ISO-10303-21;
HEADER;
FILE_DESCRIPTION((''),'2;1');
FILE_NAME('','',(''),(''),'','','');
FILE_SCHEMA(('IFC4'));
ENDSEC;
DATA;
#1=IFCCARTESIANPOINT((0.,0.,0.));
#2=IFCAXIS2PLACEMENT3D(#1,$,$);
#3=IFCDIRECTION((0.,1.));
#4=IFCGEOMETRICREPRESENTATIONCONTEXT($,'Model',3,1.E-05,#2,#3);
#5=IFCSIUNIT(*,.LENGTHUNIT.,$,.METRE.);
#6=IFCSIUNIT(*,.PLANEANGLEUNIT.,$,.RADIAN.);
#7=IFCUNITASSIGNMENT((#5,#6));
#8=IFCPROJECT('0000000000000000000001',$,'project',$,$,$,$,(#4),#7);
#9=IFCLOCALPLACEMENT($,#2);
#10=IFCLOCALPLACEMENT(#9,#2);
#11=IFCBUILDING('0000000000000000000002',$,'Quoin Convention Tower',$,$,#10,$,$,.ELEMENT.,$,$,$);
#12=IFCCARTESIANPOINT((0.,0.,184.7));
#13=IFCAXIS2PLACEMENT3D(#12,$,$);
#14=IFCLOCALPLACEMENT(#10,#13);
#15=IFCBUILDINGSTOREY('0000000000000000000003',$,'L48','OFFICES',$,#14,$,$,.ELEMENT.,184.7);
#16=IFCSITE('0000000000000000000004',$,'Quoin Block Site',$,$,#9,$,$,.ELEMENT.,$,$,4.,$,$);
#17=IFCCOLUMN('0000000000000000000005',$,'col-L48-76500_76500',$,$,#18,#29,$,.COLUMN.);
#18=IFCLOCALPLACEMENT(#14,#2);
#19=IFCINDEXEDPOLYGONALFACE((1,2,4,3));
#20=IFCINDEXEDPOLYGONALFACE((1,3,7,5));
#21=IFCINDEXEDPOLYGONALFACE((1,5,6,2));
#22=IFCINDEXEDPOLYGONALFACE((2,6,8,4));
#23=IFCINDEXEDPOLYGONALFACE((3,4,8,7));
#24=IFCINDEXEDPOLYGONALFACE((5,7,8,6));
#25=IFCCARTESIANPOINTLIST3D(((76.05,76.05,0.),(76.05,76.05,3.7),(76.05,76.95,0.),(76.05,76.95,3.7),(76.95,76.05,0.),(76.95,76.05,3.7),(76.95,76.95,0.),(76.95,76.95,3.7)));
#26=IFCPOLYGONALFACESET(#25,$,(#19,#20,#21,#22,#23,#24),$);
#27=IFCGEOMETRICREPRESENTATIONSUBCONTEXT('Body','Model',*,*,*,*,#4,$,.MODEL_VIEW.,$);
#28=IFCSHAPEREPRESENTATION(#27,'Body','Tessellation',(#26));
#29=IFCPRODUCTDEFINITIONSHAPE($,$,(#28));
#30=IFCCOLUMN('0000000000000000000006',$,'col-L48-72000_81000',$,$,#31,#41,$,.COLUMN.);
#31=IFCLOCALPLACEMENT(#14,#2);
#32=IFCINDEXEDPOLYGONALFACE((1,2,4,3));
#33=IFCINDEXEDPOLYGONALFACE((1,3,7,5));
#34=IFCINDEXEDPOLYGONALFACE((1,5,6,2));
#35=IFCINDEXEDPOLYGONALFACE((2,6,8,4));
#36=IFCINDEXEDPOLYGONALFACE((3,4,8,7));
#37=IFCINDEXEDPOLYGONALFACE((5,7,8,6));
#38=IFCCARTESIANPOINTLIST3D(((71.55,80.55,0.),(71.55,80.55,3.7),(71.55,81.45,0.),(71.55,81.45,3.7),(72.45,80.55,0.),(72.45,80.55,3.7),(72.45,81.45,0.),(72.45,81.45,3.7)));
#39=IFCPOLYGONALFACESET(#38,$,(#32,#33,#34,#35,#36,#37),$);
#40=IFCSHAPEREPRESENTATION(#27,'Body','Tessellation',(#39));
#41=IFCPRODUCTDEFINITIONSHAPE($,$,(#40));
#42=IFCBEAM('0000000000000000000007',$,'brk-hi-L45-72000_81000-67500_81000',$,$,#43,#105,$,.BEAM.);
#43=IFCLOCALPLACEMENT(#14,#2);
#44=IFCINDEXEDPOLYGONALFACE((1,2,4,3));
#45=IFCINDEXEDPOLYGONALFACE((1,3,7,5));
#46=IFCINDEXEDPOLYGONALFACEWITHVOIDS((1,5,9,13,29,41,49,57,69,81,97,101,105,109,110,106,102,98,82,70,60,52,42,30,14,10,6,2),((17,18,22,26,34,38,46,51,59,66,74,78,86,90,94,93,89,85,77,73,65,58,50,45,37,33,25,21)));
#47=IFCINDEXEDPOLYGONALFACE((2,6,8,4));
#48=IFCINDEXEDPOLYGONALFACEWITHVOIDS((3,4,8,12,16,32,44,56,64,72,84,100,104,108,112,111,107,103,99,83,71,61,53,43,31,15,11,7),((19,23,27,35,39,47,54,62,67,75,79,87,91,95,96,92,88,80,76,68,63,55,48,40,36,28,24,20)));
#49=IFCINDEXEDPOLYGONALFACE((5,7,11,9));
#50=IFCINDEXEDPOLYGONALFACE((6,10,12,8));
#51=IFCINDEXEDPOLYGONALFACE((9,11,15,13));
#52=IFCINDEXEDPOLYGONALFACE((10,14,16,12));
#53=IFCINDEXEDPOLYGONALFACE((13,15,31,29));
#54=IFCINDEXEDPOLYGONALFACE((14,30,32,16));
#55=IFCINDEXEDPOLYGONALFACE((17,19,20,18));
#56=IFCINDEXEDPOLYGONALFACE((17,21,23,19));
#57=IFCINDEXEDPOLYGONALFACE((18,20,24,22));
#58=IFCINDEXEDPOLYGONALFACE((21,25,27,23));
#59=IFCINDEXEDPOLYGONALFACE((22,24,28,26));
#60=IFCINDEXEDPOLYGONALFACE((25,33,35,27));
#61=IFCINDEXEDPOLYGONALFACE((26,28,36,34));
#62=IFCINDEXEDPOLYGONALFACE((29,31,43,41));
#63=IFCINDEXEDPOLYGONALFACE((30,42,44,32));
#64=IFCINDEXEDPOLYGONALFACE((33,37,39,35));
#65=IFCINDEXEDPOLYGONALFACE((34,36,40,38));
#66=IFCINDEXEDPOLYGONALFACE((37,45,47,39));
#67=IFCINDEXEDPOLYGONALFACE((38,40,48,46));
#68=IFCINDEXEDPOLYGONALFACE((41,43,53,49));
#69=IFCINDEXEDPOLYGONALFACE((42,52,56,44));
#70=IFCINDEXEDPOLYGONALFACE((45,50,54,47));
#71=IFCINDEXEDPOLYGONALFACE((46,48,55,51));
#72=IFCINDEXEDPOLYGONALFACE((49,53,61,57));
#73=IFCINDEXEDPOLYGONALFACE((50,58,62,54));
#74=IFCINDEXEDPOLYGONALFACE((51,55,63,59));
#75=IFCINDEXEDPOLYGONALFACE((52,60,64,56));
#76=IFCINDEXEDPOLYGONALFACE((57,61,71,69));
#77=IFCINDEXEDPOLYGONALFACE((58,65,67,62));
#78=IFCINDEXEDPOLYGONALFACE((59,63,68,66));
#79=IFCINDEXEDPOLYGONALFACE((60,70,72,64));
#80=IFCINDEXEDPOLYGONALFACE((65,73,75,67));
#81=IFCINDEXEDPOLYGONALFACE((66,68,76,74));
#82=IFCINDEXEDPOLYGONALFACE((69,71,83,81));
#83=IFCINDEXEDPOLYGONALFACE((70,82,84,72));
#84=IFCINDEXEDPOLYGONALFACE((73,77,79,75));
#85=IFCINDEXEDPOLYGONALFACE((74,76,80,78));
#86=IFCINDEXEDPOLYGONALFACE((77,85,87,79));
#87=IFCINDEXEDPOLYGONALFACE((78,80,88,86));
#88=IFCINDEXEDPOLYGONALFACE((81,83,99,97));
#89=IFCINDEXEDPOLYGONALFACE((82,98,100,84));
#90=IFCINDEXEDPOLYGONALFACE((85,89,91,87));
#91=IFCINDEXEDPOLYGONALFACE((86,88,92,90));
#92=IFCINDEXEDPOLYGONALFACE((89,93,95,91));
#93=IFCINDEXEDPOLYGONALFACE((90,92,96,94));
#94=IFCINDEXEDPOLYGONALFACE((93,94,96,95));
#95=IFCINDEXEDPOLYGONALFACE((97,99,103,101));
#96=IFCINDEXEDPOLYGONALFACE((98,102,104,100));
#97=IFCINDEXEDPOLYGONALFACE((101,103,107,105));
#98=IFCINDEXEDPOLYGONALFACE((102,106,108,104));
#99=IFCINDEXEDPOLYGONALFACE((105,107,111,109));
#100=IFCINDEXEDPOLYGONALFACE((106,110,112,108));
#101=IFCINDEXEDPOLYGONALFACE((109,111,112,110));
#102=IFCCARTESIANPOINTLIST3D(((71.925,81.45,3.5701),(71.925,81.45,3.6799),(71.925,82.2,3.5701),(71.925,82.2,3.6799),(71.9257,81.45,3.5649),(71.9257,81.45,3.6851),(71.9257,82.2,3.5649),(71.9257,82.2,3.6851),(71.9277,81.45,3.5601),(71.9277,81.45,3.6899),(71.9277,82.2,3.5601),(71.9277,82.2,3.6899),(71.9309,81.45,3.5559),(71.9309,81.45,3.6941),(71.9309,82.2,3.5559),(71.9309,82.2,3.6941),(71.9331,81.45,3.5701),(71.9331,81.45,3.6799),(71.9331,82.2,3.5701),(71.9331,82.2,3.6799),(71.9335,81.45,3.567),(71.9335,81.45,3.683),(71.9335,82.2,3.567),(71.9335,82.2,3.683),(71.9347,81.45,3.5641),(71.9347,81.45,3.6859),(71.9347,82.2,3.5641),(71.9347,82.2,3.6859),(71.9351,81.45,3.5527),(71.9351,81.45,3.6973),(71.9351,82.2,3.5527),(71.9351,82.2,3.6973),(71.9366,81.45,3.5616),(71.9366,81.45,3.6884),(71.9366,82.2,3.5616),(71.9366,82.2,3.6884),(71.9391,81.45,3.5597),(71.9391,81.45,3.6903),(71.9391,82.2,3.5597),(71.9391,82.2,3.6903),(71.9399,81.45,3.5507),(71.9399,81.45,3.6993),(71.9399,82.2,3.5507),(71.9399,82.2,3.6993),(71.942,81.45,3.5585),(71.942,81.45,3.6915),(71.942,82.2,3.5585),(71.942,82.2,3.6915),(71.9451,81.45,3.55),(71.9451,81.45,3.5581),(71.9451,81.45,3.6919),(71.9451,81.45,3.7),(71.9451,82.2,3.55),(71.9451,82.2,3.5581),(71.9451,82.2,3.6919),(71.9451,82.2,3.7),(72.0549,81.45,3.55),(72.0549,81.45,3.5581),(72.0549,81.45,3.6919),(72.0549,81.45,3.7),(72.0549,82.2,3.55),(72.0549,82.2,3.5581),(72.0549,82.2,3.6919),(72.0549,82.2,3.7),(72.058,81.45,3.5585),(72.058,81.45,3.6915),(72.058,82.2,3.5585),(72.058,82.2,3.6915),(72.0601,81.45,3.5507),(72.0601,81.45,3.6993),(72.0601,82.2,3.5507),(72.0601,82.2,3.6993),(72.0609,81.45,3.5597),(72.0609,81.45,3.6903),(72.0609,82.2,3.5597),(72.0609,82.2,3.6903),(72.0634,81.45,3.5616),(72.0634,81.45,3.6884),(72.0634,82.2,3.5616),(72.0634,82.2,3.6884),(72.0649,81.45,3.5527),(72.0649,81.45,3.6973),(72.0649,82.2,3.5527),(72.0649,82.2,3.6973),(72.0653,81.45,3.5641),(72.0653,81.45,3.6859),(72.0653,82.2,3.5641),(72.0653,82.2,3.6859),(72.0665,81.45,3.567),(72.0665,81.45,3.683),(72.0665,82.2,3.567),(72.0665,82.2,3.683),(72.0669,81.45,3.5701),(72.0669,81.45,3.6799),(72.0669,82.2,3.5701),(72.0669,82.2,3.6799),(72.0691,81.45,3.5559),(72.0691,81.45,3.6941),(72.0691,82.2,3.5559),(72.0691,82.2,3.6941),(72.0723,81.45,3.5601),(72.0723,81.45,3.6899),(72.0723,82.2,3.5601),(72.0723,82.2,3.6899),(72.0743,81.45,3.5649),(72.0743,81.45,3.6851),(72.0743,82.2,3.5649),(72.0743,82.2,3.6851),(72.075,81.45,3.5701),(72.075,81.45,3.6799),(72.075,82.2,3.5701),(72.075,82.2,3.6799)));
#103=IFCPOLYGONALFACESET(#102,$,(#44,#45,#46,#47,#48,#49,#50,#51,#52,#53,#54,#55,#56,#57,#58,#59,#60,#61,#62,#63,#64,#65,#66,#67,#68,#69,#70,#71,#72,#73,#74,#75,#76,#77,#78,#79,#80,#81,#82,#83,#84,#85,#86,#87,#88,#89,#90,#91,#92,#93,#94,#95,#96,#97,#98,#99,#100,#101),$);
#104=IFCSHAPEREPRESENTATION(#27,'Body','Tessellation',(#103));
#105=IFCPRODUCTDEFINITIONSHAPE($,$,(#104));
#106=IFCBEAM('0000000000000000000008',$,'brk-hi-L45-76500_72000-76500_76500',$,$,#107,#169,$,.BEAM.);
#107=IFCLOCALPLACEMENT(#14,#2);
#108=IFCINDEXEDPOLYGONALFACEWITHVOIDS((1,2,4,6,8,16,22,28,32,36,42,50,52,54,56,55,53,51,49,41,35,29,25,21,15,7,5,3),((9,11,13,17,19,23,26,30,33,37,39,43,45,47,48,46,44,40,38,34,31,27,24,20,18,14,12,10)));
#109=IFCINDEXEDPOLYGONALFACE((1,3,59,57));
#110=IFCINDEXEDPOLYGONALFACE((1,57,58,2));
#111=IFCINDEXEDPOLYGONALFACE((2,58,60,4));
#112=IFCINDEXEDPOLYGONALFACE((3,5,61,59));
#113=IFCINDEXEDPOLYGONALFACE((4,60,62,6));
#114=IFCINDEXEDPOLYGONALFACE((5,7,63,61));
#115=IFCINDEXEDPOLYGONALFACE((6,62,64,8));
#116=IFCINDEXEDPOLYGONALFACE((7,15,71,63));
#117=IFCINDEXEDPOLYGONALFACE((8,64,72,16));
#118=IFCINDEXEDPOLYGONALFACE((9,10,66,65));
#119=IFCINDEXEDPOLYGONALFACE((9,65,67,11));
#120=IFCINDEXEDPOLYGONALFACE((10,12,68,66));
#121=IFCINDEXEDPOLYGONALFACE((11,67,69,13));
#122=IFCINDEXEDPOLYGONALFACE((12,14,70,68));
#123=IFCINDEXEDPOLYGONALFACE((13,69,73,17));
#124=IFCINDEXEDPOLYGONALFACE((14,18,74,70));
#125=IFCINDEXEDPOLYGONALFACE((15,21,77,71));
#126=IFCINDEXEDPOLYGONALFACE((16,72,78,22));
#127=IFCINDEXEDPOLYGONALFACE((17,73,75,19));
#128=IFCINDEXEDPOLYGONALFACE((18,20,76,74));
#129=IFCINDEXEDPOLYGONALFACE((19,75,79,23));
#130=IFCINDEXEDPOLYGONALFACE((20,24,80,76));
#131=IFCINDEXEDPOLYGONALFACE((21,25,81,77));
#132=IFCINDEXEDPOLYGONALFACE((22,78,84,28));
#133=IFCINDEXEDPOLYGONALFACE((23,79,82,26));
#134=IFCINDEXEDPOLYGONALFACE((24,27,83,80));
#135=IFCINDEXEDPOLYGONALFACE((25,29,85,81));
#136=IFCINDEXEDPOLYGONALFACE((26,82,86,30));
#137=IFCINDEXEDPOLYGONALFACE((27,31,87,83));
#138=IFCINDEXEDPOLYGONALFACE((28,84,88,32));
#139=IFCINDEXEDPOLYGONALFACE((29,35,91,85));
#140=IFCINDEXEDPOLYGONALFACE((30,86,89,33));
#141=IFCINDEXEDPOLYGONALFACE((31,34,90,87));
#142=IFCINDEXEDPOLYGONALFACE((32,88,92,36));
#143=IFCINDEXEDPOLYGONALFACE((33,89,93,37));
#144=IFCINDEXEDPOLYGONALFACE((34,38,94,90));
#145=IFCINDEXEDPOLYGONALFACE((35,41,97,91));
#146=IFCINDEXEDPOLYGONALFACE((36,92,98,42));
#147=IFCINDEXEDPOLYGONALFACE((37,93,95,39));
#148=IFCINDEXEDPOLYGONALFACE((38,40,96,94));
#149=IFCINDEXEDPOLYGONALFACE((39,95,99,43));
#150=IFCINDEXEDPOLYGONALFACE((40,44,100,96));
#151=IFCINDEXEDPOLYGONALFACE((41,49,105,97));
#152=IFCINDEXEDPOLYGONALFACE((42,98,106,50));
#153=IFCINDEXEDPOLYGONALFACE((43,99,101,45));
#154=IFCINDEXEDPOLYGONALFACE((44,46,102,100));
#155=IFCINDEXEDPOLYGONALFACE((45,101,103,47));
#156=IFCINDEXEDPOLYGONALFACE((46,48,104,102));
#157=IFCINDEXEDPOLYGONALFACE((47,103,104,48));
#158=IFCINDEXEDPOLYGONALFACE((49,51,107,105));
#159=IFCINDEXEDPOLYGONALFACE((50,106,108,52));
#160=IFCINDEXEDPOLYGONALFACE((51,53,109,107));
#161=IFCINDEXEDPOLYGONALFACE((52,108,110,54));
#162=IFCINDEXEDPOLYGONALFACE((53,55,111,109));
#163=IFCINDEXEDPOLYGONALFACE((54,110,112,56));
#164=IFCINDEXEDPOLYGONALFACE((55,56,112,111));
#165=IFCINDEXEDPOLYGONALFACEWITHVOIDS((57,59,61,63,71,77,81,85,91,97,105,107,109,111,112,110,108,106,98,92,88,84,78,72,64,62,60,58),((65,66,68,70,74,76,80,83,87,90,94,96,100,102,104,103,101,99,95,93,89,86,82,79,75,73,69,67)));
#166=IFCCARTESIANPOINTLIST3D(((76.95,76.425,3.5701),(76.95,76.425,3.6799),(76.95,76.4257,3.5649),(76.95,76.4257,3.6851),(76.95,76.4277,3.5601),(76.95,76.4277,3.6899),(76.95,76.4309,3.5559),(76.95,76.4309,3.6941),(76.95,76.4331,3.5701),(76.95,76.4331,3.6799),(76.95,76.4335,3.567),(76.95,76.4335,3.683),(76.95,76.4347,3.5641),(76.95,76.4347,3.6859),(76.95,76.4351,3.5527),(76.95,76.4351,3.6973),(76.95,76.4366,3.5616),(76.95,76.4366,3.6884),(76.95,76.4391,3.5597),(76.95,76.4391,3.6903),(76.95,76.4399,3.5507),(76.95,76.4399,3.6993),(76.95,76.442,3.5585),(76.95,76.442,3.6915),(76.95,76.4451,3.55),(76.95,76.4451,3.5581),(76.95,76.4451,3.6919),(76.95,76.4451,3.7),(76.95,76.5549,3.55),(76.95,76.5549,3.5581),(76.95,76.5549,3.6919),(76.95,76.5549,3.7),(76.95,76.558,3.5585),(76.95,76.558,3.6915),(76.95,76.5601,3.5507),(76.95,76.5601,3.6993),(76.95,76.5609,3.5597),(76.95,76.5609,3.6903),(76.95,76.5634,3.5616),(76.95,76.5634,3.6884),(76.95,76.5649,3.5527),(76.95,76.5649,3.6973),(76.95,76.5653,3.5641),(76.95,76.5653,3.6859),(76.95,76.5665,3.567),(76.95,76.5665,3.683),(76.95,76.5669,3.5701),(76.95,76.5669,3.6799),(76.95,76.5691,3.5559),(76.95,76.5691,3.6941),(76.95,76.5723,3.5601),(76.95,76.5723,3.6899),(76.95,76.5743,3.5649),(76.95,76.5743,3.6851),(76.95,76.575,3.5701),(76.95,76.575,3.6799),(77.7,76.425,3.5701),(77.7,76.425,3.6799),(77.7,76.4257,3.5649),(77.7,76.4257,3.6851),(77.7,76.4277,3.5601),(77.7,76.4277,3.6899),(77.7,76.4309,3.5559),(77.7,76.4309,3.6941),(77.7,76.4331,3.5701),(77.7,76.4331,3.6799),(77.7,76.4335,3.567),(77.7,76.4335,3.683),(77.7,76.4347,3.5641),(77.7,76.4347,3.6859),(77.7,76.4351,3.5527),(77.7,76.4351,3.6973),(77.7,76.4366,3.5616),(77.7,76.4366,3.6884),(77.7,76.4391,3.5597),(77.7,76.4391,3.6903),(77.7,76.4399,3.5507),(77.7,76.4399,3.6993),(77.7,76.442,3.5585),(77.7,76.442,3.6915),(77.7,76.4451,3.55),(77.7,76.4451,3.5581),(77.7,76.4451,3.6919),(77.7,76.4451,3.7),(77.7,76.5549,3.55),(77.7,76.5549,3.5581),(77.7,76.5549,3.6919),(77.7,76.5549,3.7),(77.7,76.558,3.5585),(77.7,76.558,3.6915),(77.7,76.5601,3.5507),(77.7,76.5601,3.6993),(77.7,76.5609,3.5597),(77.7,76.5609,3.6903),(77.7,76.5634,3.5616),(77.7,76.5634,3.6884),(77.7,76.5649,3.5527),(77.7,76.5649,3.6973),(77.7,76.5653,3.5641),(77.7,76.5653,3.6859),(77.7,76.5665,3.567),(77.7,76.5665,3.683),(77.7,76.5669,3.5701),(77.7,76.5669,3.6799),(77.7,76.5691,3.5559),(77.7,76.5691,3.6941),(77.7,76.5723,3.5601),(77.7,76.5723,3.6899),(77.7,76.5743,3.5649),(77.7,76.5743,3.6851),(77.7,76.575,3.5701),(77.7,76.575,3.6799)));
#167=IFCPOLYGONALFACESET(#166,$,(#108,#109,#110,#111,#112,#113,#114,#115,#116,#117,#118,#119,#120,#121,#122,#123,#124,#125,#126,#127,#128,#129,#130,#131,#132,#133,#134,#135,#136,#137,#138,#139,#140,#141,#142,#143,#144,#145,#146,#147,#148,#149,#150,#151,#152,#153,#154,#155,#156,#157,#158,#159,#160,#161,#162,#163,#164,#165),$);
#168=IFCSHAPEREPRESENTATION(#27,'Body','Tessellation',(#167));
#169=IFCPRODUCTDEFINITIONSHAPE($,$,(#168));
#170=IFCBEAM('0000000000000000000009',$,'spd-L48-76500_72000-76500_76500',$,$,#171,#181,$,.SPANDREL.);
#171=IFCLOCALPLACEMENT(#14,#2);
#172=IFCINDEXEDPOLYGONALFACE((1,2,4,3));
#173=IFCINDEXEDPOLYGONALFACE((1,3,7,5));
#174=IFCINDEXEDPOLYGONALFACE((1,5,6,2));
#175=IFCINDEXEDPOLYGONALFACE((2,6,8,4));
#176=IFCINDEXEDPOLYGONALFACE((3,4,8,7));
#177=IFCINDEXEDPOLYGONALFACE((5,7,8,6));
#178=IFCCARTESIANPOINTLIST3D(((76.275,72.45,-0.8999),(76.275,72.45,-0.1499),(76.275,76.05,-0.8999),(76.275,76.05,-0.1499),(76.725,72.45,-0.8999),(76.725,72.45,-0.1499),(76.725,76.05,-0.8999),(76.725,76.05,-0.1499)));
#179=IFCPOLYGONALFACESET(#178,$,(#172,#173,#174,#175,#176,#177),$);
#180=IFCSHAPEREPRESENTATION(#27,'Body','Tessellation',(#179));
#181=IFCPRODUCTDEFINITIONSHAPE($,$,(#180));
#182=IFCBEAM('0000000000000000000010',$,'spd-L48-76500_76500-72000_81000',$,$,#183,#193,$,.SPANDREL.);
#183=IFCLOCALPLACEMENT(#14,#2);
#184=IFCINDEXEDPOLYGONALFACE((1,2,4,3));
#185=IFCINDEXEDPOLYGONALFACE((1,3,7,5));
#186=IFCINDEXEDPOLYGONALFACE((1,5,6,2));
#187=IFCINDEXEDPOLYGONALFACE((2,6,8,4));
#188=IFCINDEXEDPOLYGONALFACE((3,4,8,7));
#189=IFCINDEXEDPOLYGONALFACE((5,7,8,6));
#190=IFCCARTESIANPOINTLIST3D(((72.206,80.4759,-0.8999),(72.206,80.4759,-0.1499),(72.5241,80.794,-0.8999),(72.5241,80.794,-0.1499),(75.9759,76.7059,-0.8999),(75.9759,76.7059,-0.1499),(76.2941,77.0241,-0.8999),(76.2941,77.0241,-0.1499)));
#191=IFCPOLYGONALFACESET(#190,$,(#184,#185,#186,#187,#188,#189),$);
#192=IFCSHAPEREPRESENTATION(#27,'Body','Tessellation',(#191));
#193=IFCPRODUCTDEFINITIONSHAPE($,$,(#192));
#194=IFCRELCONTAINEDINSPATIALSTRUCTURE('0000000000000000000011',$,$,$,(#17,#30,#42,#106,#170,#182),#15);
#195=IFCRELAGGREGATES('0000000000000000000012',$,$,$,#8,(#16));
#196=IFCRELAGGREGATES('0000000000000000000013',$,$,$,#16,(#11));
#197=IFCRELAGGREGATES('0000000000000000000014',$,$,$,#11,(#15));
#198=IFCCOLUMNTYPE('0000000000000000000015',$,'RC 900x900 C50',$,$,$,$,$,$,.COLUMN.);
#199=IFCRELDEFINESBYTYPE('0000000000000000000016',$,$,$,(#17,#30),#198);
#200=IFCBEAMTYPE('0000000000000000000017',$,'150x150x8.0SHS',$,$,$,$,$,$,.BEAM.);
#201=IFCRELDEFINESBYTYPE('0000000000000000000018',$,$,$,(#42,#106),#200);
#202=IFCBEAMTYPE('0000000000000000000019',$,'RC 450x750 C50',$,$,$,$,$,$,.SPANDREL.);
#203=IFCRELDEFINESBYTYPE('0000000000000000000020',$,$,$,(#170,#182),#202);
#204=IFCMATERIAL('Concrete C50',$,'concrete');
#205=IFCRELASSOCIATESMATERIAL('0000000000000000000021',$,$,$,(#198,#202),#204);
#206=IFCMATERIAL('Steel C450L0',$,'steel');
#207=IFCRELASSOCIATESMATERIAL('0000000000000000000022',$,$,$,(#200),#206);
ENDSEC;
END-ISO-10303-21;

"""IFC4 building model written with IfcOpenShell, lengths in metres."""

from ifc_helpers import new_model, si_unit, direction, frame, origin, origin_2d, place, context, subcontext, project, spatial, rectangle, hollow_rectangle, extrude, material, material_profile, profile_set, type_object, element, save


model = new_model("IFC4")

# Units and contexts
model_context = context("Model", 3, precision=1e-05, world=origin(), true_north=direction((0.0, 1.0)))
body_context = subcontext(model_context, "Body", "Model", "MODEL_VIEW")
ifc_project = project(units=[si_unit("LENGTHUNIT", "METRE"), si_unit("PLANEANGLEUNIT", "RADIAN")], contexts=[model_context])

# Site, building, storey
site_placement = place(None, origin())
site = spatial("IfcSite", under=ifc_project, at=site_placement, Name="Quoin Block Site", CompositionType="ELEMENT", RefElevation=4.0)
building_placement = place(site_placement, origin())
building = spatial("IfcBuilding", under=site, at=building_placement, Name="Quoin Convention Tower", CompositionType="ELEMENT")
storey_placement = place(building_placement, frame((0.0, 0.0, 184.7)))
storey = spatial("IfcBuildingStorey", under=building, at=storey_placement, Name="L48", Description="OFFICES", CompositionType="ELEMENT", Elevation=184.7)

# Columns
ifc_material_1 = material(Name="Concrete C50", Category="concrete")
ifc_material_profile_1 = material_profile(ifc_material_1, rectangle(XDim=0.8999, YDim=0.8999, at=origin_2d()), Name="RC 900x900")
ifc_profile_set_1 = profile_set([ifc_material_profile_1], Name="Concrete C50")
column_type = type_object("IfcColumnType", Name="RC 900x900 C50", PredefinedType="COLUMN", material=ifc_profile_set_1)
for number, where, z_axis, x_axis, name in (
    (1, (76.5, 76.5, 0.0), (0.0, 0.0, 1.0), (1.0, 0.0, 0.0), "col-L48-76500_76500"),
    (2, (72.0, 81.0, 0.0), (0.0, 0.0, 1.0), (1.0, 0.0, 0.0), "col-L48-72000_81000"),
):
    element("IfcColumn", number, at=place(storey_placement, frame(where, z_axis=z_axis, x_axis=x_axis)), inside=storey, type_object=column_type, Name=name, PredefinedType="COLUMN", context=body_context, shape_type="SweptSolid", body=[
        extrude(rectangle(XDim=0.8999, YDim=0.8999, at=origin_2d()), origin(), (0.0, 0.0, 1.0), 3.7),
    ])

# Beams
ifc_material_2 = material(Name="Steel C450L0", Category="steel")
ifc_material_profile_2 = material_profile(ifc_material_2, hollow_rectangle(XDim=0.1499, YDim=0.1499, WallThickness=0.0081, InnerFilletRadius=0.012, OuterFilletRadius=0.02, at=origin_2d()), Name="150x150x8.0SHS")
ifc_profile_set_2 = profile_set([ifc_material_profile_2], Name="Steel C450L0")
beam_type_1 = type_object("IfcBeamType", Name="150x150x8.0SHS", PredefinedType="BEAM", material=ifc_profile_set_2)
for number, where, z_axis, x_axis, name in (
    (3, (72.0, 81.45, 3.625), (0.0, 1.0, 0.0), (-1.0, 0.0, 0.0), "brk-hi-L45-72000_81000-67500_81000"),
    (4, (76.95, 76.5, 3.625), (1.0, 0.0, 0.0), (0.0, 1.0, 0.0), "brk-hi-L45-76500_72000-76500_76500"),
):
    element("IfcBeam", number, at=place(storey_placement, frame(where, z_axis=z_axis, x_axis=x_axis)), inside=storey, type_object=beam_type_1, Name=name, PredefinedType="BEAM", context=body_context, shape_type="SweptSolid", body=[
        extrude(hollow_rectangle(XDim=0.1499, YDim=0.1499, WallThickness=0.0081, InnerFilletRadius=0.012, OuterFilletRadius=0.02, at=origin_2d()), origin(), (0.0, 0.0, 1.0), 0.75),
    ])
ifc_material_profile_3 = material_profile(ifc_material_1, rectangle(XDim=0.45, YDim=0.75, at=origin_2d()), Name="RC 450x750")
ifc_profile_set_3 = profile_set([ifc_material_profile_3], Name="Concrete C50")
beam_type_2 = type_object("IfcBeamType", Name="RC 450x750 C50", PredefinedType="SPANDREL", material=ifc_profile_set_3)
beam_1_placement = place(storey_placement, frame((76.5, 72.45, -0.5249), z_axis=(0.0, 1.0, 0.0), x_axis=(-1.0, 0.0, 0.0)))
element("IfcBeam", 5, at=beam_1_placement, inside=storey, type_object=beam_type_2, Name="spd-L48-76500_72000-76500_76500", PredefinedType="SPANDREL", context=body_context, shape_type="SweptSolid", body=[
    extrude(rectangle(XDim=0.45, YDim=0.75, at=origin_2d()), origin(), (0.0, 0.0, 1.0), 3.6001),
])
beam_2_placement = place(storey_placement, frame((76.135, 76.865, -0.5249), z_axis=(-0.707107, 0.707107, 0.0), x_axis=(-0.707107, -0.707107, 0.0)))
element("IfcBeam", 6, at=beam_2_placement, inside=storey, type_object=beam_type_2, Name="spd-L48-76500_76500-72000_81000", PredefinedType="SPANDREL", context=body_context, shape_type="SweptSolid", body=[
    extrude(rectangle(XDim=0.45, YDim=0.75, at=origin_2d()), origin(), (0.0, 0.0, 1.0), 5.3315),
])

save(model, "model.ifc")
